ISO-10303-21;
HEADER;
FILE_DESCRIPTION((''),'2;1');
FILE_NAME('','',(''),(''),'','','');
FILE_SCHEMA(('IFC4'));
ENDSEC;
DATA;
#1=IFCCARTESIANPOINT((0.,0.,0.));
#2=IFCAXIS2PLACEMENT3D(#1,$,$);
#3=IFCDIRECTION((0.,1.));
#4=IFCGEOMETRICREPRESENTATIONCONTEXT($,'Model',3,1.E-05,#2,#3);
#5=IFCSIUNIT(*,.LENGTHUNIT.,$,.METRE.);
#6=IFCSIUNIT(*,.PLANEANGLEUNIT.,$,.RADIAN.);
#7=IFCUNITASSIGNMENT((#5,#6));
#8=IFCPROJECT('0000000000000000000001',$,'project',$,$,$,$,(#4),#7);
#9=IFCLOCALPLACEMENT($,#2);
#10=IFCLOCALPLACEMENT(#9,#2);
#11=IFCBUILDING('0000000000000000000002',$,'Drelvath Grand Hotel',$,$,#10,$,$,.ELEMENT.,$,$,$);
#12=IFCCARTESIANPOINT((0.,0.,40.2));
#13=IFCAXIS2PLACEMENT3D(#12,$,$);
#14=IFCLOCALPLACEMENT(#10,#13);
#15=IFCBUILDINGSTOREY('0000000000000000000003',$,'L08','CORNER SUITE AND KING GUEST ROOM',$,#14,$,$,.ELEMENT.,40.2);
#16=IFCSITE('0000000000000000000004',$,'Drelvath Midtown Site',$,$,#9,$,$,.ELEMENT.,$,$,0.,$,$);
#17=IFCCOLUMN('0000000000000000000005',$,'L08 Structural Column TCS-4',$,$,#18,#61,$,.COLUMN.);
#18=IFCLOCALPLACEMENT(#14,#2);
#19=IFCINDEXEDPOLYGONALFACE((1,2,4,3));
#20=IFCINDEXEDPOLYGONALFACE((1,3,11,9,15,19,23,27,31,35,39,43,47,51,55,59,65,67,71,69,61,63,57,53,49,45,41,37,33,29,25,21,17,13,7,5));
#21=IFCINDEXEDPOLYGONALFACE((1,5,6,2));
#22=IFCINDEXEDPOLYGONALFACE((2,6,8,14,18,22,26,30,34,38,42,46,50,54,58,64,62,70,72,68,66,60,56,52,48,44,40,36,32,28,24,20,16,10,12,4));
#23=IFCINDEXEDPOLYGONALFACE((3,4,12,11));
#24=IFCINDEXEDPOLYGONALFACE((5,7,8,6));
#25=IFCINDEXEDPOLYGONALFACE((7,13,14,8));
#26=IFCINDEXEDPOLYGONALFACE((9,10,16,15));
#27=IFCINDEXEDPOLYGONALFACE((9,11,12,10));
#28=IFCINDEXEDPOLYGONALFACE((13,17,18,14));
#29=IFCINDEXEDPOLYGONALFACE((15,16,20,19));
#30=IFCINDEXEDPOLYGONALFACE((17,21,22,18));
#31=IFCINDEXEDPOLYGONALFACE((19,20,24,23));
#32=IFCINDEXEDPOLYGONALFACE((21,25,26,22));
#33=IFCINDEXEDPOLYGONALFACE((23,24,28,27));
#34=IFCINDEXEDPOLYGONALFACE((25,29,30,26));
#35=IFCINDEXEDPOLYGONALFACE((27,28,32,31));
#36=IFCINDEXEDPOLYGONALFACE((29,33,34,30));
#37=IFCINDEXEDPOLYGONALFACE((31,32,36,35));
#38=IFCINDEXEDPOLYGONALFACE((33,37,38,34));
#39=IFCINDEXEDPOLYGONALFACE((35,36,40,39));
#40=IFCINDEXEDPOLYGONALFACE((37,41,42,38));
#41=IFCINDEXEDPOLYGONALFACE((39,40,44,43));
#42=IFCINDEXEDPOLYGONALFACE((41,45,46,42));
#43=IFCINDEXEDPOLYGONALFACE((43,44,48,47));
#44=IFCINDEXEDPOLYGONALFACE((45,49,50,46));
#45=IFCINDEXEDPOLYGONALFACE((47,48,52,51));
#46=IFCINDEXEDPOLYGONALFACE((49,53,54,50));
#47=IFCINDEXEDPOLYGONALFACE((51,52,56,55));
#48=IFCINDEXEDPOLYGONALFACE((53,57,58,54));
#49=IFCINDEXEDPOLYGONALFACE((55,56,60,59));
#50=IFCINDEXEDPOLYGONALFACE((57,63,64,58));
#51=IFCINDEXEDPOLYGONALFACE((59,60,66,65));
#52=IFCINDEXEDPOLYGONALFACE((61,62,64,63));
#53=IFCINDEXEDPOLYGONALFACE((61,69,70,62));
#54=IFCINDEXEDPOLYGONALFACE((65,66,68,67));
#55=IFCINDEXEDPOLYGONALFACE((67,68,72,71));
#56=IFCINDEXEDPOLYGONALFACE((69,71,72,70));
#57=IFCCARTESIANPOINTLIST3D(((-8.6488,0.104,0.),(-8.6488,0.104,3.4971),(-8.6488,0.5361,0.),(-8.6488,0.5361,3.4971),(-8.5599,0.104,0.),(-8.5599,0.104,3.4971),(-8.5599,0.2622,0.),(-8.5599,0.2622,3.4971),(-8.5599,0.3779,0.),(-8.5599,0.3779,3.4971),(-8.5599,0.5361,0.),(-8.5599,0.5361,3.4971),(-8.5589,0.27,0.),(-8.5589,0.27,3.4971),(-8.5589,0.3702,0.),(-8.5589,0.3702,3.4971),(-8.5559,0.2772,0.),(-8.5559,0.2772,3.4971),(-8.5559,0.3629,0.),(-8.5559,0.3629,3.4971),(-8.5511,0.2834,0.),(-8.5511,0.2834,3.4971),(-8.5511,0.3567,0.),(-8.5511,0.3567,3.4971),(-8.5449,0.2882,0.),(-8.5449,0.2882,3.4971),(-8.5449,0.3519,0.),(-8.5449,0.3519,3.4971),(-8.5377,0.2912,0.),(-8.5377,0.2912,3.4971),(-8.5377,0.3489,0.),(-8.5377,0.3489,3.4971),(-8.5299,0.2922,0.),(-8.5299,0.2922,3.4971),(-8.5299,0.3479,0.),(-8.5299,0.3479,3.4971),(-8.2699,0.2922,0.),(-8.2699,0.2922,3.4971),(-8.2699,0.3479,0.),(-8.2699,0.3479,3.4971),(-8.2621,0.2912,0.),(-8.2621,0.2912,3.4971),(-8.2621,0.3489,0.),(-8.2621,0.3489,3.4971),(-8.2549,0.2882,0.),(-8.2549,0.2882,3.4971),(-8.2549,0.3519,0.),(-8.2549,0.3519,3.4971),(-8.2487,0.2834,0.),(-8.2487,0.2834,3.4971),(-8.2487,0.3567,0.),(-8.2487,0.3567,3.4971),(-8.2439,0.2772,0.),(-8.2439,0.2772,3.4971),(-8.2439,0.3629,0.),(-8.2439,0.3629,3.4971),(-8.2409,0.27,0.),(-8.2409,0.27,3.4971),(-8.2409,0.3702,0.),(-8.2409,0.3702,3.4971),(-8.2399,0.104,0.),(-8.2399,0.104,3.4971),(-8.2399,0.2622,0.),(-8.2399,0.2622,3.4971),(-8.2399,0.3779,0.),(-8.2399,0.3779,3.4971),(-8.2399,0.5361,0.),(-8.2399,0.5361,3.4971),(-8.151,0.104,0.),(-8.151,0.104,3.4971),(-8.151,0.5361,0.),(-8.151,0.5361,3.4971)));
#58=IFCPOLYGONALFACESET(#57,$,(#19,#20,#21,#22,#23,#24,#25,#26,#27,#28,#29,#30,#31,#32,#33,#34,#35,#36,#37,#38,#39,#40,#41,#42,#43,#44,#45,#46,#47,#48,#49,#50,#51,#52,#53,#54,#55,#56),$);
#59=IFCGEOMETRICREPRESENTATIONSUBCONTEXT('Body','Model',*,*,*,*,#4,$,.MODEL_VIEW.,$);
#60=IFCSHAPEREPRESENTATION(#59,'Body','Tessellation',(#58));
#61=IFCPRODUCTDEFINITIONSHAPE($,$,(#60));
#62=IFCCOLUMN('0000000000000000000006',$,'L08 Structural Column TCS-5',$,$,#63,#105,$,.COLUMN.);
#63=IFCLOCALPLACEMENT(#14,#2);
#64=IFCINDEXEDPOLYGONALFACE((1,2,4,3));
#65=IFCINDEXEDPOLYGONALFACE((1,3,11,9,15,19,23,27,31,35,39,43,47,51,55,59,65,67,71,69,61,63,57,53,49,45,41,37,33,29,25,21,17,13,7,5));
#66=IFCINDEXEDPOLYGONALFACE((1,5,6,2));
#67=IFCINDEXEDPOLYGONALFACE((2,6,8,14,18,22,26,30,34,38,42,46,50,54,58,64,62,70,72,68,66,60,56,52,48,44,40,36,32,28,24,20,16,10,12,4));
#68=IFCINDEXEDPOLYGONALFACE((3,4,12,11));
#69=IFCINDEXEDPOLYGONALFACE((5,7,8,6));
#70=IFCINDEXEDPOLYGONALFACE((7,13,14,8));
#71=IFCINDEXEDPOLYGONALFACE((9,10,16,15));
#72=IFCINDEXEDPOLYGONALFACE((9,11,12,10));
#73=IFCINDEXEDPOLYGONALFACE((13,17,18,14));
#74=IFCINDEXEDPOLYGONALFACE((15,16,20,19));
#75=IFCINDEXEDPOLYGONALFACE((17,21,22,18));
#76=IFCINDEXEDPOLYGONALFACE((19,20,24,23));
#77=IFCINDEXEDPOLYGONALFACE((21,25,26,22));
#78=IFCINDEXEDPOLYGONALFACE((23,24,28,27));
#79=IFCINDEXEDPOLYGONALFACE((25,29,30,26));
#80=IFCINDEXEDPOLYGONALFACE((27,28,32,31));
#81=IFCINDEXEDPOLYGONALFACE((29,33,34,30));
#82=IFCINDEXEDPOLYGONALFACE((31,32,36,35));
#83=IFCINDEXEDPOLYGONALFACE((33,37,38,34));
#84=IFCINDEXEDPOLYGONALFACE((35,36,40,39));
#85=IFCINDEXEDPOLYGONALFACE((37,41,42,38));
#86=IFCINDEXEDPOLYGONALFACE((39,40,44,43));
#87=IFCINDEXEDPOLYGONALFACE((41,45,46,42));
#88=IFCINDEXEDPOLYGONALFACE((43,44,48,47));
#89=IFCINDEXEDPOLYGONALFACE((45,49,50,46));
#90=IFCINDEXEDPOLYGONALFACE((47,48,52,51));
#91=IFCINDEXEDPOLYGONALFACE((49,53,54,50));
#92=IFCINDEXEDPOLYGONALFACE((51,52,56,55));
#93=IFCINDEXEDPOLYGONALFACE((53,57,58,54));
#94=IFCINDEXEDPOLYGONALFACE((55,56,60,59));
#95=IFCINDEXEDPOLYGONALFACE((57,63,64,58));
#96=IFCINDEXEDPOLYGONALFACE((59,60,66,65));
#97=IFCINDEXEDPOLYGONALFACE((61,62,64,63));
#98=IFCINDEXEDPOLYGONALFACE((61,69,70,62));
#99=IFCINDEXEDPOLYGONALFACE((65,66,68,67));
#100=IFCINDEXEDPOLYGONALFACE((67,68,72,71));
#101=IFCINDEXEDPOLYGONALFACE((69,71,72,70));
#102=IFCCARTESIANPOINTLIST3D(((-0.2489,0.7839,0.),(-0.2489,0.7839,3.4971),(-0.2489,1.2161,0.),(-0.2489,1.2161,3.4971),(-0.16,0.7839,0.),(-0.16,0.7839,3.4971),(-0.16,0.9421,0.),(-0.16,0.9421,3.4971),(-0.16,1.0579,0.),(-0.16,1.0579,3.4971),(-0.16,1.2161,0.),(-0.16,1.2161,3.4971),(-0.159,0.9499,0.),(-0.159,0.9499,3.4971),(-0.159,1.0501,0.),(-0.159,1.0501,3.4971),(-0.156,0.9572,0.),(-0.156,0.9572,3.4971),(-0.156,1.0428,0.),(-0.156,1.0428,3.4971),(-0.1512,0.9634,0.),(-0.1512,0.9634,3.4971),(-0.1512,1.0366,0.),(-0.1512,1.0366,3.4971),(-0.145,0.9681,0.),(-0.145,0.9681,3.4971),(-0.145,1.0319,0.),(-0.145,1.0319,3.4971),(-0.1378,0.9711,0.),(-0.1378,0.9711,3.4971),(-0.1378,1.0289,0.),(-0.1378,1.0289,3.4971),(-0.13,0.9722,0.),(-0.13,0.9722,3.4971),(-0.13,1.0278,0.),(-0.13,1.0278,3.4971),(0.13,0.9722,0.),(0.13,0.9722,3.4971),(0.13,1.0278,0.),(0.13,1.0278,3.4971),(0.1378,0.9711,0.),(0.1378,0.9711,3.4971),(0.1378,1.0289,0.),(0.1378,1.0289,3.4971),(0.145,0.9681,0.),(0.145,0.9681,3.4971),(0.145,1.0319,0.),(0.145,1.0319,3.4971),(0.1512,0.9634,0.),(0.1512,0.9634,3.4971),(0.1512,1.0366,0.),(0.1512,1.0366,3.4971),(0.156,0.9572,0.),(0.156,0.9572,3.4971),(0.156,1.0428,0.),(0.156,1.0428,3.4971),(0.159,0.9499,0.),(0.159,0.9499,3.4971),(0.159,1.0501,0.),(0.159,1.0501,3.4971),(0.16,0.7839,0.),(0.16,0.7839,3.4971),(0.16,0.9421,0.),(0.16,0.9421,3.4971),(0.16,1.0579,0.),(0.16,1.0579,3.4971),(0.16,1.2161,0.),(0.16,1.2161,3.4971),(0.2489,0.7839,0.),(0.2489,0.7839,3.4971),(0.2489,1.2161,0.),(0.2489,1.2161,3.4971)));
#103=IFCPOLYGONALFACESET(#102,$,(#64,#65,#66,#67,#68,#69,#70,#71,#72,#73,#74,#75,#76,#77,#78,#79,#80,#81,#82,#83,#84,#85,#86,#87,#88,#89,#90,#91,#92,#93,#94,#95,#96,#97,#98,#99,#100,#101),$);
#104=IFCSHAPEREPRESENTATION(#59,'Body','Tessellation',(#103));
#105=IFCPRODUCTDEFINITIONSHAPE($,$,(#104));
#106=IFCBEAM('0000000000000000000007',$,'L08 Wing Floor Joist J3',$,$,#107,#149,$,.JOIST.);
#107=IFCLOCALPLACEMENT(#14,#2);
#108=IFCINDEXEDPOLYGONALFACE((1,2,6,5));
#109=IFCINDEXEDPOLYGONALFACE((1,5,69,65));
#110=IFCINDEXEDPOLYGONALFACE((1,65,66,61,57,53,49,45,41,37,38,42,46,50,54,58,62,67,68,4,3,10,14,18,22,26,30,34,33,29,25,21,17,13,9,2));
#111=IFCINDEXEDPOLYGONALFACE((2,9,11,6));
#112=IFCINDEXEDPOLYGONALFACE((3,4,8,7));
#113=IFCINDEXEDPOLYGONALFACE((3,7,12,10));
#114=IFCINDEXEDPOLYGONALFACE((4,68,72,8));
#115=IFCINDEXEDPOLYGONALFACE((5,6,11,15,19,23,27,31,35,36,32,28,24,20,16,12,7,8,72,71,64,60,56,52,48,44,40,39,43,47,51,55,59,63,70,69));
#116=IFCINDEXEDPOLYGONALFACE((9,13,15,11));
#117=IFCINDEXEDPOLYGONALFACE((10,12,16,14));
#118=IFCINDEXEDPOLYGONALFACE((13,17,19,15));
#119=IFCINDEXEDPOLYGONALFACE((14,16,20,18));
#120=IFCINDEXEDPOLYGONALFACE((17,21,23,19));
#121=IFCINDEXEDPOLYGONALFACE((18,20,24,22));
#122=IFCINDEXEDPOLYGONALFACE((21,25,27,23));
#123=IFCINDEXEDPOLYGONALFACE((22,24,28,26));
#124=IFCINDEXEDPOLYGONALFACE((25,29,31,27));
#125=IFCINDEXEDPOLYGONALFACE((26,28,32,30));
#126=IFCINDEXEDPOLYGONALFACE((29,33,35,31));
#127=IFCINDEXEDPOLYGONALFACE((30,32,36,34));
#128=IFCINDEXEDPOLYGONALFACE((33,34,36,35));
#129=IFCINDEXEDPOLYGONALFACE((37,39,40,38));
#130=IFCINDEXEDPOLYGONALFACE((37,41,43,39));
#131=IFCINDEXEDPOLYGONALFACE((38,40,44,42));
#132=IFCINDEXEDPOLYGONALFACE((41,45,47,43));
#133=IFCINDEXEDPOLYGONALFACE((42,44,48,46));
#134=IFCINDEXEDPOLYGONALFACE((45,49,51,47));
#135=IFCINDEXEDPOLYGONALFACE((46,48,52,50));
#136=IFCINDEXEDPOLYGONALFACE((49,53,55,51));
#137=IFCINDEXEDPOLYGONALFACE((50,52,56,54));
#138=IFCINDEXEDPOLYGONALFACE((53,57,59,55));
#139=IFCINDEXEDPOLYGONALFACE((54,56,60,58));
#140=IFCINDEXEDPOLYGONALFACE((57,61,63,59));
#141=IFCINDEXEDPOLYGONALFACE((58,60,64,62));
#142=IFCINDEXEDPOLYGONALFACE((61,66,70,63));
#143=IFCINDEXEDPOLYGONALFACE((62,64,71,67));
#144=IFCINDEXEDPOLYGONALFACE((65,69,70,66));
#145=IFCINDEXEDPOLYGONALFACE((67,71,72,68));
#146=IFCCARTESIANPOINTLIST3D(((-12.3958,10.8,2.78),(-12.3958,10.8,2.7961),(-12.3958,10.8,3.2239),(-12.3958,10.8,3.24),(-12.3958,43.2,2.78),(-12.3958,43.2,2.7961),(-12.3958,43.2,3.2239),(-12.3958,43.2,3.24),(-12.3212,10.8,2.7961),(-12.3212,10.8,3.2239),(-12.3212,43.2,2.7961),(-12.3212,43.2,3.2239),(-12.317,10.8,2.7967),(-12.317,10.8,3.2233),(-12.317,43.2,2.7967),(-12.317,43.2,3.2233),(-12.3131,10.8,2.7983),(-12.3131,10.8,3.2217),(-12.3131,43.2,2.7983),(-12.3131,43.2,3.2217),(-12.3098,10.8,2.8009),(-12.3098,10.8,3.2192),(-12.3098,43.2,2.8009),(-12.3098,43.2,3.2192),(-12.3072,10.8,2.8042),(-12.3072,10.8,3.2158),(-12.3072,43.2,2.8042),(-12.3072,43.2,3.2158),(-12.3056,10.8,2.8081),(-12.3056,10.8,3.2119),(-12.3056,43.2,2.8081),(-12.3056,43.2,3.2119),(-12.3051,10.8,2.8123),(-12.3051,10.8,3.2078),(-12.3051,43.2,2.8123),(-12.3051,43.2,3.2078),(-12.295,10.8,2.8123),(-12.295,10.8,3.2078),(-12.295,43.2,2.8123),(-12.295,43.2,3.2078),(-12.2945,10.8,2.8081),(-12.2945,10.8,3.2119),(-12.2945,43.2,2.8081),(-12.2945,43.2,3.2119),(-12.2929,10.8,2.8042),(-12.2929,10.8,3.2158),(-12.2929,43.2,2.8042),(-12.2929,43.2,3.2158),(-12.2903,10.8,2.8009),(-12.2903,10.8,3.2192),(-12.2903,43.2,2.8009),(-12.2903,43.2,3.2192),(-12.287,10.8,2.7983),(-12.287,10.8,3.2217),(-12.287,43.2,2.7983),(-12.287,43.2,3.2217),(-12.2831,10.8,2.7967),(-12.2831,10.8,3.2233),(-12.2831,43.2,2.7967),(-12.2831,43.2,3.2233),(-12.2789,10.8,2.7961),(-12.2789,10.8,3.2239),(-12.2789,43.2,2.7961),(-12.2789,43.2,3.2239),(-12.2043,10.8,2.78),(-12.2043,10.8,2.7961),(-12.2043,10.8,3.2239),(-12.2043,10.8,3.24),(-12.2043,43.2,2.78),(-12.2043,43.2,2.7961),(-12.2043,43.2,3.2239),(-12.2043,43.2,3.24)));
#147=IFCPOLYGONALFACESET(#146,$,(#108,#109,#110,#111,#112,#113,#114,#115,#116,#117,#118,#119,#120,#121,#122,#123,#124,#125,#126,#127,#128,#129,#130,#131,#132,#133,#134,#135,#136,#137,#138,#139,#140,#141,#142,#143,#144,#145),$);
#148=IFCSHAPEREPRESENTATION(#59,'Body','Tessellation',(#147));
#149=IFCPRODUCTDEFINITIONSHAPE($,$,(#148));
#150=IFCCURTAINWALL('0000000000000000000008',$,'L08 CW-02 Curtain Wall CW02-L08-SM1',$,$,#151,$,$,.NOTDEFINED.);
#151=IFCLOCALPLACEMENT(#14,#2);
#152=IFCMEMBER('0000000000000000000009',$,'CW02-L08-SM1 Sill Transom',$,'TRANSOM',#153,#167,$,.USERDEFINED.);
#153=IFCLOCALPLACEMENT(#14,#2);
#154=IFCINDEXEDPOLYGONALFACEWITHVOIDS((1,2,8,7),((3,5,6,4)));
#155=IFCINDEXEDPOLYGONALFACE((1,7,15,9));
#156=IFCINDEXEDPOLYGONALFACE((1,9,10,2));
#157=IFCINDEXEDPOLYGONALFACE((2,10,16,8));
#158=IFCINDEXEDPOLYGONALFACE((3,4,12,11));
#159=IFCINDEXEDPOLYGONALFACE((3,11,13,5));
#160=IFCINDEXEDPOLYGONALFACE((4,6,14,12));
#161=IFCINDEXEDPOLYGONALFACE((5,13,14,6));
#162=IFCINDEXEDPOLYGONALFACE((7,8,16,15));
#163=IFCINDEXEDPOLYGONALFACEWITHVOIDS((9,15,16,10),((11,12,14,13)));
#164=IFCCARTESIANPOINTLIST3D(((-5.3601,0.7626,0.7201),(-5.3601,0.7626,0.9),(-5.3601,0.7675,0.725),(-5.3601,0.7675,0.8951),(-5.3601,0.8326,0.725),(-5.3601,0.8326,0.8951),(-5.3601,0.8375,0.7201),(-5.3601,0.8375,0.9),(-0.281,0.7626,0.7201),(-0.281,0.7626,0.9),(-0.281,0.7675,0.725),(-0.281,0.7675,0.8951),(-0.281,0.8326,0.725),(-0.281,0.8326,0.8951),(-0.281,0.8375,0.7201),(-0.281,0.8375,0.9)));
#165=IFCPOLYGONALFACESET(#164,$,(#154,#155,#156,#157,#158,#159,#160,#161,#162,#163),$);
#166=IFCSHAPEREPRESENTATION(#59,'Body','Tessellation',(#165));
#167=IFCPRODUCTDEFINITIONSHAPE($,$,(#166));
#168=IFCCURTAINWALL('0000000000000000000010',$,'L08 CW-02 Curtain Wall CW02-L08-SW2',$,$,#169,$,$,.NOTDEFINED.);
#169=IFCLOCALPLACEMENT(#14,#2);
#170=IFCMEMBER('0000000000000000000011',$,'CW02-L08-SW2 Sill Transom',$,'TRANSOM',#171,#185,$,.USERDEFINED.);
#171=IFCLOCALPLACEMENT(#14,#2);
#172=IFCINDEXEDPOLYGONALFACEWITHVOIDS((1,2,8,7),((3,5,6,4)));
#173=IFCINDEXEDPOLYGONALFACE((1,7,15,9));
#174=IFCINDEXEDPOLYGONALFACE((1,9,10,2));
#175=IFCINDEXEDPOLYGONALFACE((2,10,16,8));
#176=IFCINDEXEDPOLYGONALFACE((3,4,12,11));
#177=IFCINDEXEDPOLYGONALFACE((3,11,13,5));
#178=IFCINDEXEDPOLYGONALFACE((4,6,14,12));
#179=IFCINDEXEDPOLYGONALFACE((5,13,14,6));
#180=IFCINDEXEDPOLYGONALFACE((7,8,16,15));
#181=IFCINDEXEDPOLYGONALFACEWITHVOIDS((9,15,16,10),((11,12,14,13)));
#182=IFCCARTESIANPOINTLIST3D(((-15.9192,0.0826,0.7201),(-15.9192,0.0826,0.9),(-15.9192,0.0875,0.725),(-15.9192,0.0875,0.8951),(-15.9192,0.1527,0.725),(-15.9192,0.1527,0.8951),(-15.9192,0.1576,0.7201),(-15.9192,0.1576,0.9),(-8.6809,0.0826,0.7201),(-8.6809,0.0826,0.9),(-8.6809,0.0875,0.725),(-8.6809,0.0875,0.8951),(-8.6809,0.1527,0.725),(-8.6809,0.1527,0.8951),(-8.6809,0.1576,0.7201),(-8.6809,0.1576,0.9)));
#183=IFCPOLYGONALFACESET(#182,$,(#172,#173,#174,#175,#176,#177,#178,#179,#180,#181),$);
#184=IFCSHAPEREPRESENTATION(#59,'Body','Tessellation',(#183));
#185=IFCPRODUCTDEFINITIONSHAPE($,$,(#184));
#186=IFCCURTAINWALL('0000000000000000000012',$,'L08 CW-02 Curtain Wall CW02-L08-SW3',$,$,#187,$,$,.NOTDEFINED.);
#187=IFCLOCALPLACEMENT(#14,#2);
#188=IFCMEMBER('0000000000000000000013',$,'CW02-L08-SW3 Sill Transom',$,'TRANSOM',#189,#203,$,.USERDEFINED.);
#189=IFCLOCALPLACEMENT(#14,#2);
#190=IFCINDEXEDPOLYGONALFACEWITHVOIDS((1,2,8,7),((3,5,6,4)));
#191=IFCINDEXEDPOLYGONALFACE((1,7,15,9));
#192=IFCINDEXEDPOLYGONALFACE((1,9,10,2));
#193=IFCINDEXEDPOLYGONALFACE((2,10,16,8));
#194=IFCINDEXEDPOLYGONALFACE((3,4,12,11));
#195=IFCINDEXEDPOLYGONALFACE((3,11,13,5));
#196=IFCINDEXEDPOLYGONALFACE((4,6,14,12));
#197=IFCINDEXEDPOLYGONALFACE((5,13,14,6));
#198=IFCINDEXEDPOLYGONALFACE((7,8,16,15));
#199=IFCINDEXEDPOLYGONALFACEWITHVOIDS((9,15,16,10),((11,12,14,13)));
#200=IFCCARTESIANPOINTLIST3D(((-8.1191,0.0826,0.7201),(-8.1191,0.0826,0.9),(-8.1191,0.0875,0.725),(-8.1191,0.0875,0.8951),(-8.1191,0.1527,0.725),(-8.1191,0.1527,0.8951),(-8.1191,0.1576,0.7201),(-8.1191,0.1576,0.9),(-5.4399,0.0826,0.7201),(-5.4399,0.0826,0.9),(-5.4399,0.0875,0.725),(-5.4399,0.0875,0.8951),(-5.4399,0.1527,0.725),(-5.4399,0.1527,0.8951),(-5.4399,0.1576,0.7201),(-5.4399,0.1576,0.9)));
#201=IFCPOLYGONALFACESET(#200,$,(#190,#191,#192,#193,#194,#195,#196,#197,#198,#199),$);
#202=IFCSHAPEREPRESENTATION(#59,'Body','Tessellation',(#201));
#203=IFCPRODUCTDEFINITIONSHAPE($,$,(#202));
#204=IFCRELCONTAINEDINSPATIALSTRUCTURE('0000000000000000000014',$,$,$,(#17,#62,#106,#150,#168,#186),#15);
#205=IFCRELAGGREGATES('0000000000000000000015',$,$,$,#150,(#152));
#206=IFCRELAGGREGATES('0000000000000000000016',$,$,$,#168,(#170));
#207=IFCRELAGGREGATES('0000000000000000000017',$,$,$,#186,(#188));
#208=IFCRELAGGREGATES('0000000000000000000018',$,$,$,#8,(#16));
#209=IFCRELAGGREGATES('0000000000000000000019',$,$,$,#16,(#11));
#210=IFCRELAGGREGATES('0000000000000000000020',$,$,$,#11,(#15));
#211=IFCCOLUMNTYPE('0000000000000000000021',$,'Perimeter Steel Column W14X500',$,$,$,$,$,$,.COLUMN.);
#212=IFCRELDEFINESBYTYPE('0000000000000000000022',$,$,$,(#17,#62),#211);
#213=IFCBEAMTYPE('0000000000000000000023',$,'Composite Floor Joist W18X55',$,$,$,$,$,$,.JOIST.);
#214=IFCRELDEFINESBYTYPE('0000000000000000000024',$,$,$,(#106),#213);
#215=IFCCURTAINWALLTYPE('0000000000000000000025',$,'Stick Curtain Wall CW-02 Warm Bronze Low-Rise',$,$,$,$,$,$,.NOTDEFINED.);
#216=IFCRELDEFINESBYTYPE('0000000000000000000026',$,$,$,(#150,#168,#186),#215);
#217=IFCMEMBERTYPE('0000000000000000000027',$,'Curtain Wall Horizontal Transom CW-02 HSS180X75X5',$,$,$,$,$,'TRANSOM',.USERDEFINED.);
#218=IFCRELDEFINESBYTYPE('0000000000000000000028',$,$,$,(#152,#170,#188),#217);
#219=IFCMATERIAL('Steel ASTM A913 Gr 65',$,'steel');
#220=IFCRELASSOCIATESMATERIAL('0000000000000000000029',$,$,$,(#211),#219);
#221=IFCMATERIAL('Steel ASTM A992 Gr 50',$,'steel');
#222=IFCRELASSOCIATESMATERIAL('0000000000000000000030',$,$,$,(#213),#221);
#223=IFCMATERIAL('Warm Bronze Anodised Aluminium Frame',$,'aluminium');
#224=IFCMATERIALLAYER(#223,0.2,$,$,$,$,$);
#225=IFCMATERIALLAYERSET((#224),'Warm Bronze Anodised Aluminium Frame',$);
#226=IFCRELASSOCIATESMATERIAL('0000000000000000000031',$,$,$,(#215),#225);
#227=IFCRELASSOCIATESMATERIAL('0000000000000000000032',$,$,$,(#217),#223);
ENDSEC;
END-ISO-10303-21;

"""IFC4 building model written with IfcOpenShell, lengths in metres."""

from ifc_helpers import new_model, si_unit, direction, frame, origin, origin_2d, place, context, subcontext, project, spatial, hollow_rectangle, i_section, extrude, material, layer, layer_set, material_profile, profile_set, type_object, element, aggregate, save


model = new_model("IFC4")

# Units and contexts
model_context = context("Model", 3, precision=1e-05, world=origin(), true_north=direction((0.0, 1.0)))
body_context = subcontext(model_context, "Body", "Model", "MODEL_VIEW")
ifc_project = project(units=[si_unit("LENGTHUNIT", "METRE"), si_unit("PLANEANGLEUNIT", "RADIAN")], contexts=[model_context])

# Site, building, storey
site_placement = place(None, origin())
site = spatial("IfcSite", under=ifc_project, at=site_placement, Name="Drelvath Midtown Site", CompositionType="ELEMENT", RefElevation=0.0)
building_placement = place(site_placement, origin())
building = spatial("IfcBuilding", under=site, at=building_placement, Name="Drelvath Grand Hotel", CompositionType="ELEMENT")
storey_placement = place(building_placement, frame((0.0, 0.0, 40.2)))
storey = spatial("IfcBuildingStorey", under=building, at=storey_placement, Name="L08", Description="CORNER SUITE AND KING GUEST ROOM", CompositionType="ELEMENT", Elevation=40.2)

# Columns
ifc_material_1 = material(Name="Steel ASTM A913 Gr 65", Category="steel")
ifc_material_profile_1 = material_profile(ifc_material_1, i_section(OverallWidth=0.4321, OverallDepth=0.4978, WebThickness=0.0557, FlangeThickness=0.0889, FilletRadius=0.03, at=origin_2d()), Name="W14X500")
ifc_profile_set_1 = profile_set([ifc_material_profile_1], Name="Steel ASTM A913 Gr 65")
column_type = type_object("IfcColumnType", Name="Perimeter Steel Column W14X500", PredefinedType="COLUMN", material=ifc_profile_set_1)
for number, where, z_axis, x_axis, name in (
    (1, (-8.3999, 0.3201, 0.0), (0.0, 0.0, 1.0), (0.0, 1.0, 0.0), "L08 Structural Column TCS-4"),
    (2, (0.0, 1.0, 0.0), (0.0, 0.0, 1.0), (0.0, 1.0, 0.0), "L08 Structural Column TCS-5"),
):
    element("IfcColumn", number, at=place(storey_placement, frame(where, z_axis=z_axis, x_axis=x_axis)), inside=storey, type_object=column_type, Name=name, PredefinedType="COLUMN", context=body_context, shape_type="SweptSolid", body=[
        extrude(i_section(OverallWidth=0.4321, OverallDepth=0.4978, WebThickness=0.0557, FlangeThickness=0.0889, FilletRadius=0.03, at=origin_2d()), origin(), (0.0, 0.0, 1.0), 3.4971),
    ])

# Beam
ifc_material_2 = material(Name="Steel ASTM A992 Gr 50", Category="steel")
ifc_material_profile_2 = material_profile(ifc_material_2, i_section(OverallWidth=0.1914, OverallDepth=0.46, WebThickness=0.01, FlangeThickness=0.0161, FilletRadius=0.0161, at=origin_2d()), Name="W18X55")
ifc_profile_set_2 = profile_set([ifc_material_profile_2], Name="Steel ASTM A992 Gr 50")
beam_type_1 = type_object("IfcBeamType", Name="Composite Floor Joist W18X55", PredefinedType="JOIST", material=ifc_profile_set_2)
beam_1_placement = place(storey_placement, frame((-12.3, 10.8, 3.01), z_axis=(0.0, 1.0, 0.0), x_axis=(-1.0, 0.0, 0.0)))
element("IfcBeam", 3, at=beam_1_placement, inside=storey, type_object=beam_type_1, Name="L08 Wing Floor Joist J3", PredefinedType="JOIST", context=body_context, shape_type="SweptSolid", body=[
    extrude(i_section(OverallWidth=0.1914, OverallDepth=0.46, WebThickness=0.01, FlangeThickness=0.0161, FilletRadius=0.0161, at=origin_2d()), origin(), (0.0, 0.0, 1.0), 32.3999),
])

# Curtain walls, members
ifc_material_3 = material(Name="Warm Bronze Anodised Aluminium Frame", Category="aluminium")
ifc_layer_1 = layer(ifc_material_3, 0.2)
ifc_layer_set_1 = layer_set([ifc_layer_1], Name="Warm Bronze Anodised Aluminium Frame")
curtain_wall_type = type_object("IfcCurtainWallType", Name="Stick Curtain Wall CW-02 Warm Bronze Low-Rise", PredefinedType="NOTDEFINED", material=ifc_layer_set_1)
curtain_wall_1_placement = place(storey_placement, origin())
curtain_wall_1 = element("IfcCurtainWall", 4, at=curtain_wall_1_placement, inside=storey, type_object=curtain_wall_type, Name="L08 CW-02 Curtain Wall CW02-L08-SM1", PredefinedType="NOTDEFINED")
ifc_material_profile_3 = material_profile(ifc_material_3, hollow_rectangle(XDim=0.075, YDim=0.1799, WallThickness=0.0049, at=origin_2d()), Name="HSS180X75X5")
ifc_profile_set_3 = profile_set([ifc_material_profile_3], Name="Warm Bronze Anodised Aluminium Frame")
member_type_1 = type_object("IfcMemberType", Name="Curtain Wall Horizontal Transom CW-02 HSS180X75X5", ElementType="TRANSOM", PredefinedType="USERDEFINED", material=ifc_profile_set_3)
member_1_placement = place(storey_placement, frame((-0.281, 0.8, 0.8101), z_axis=(-1.0, 0.0, 0.0), x_axis=(0.0, -1.0, 0.0)))
member_1 = element("IfcMember", 5, at=member_1_placement, type_object=member_type_1, Name="CW02-L08-SM1 Sill Transom", ObjectType="TRANSOM", PredefinedType="USERDEFINED", context=body_context, shape_type="SweptSolid", body=[
    extrude(hollow_rectangle(XDim=0.075, YDim=0.1799, WallThickness=0.0049, at=origin_2d()), origin(), (0.0, 0.0, 1.0), 5.0791),
])
curtain_wall_2_placement = place(storey_placement, origin())
curtain_wall_2 = element("IfcCurtainWall", 6, at=curtain_wall_2_placement, inside=storey, type_object=curtain_wall_type, Name="L08 CW-02 Curtain Wall CW02-L08-SW2", PredefinedType="NOTDEFINED")
member_2_placement = place(storey_placement, frame((-8.6809, 0.1201, 0.8101), z_axis=(-1.0, 0.0, 0.0), x_axis=(0.0, -1.0, 0.0)))
member_2 = element("IfcMember", 7, at=member_2_placement, type_object=member_type_1, Name="CW02-L08-SW2 Sill Transom", ObjectType="TRANSOM", PredefinedType="USERDEFINED", context=body_context, shape_type="SweptSolid", body=[
    extrude(hollow_rectangle(XDim=0.075, YDim=0.1799, WallThickness=0.0049, at=origin_2d()), origin(), (0.0, 0.0, 1.0), 7.2383),
])
curtain_wall_3_placement = place(storey_placement, origin())
curtain_wall_3 = element("IfcCurtainWall", 8, at=curtain_wall_3_placement, inside=storey, type_object=curtain_wall_type, Name="L08 CW-02 Curtain Wall CW02-L08-SW3", PredefinedType="NOTDEFINED")
member_3_placement = place(storey_placement, frame((-5.4399, 0.1201, 0.8101), z_axis=(-1.0, 0.0, 0.0), x_axis=(0.0, -1.0, 0.0)))
member_3 = element("IfcMember", 9, at=member_3_placement, type_object=member_type_1, Name="CW02-L08-SW3 Sill Transom", ObjectType="TRANSOM", PredefinedType="USERDEFINED", context=body_context, shape_type="SweptSolid", body=[
    extrude(hollow_rectangle(XDim=0.075, YDim=0.1799, WallThickness=0.0049, at=origin_2d()), origin(), (0.0, 0.0, 1.0), 2.6792),
])

aggregate(curtain_wall_1, [member_1])
aggregate(curtain_wall_2, [member_2])
aggregate(curtain_wall_3, [member_3])

save(model, "model.ifc")
